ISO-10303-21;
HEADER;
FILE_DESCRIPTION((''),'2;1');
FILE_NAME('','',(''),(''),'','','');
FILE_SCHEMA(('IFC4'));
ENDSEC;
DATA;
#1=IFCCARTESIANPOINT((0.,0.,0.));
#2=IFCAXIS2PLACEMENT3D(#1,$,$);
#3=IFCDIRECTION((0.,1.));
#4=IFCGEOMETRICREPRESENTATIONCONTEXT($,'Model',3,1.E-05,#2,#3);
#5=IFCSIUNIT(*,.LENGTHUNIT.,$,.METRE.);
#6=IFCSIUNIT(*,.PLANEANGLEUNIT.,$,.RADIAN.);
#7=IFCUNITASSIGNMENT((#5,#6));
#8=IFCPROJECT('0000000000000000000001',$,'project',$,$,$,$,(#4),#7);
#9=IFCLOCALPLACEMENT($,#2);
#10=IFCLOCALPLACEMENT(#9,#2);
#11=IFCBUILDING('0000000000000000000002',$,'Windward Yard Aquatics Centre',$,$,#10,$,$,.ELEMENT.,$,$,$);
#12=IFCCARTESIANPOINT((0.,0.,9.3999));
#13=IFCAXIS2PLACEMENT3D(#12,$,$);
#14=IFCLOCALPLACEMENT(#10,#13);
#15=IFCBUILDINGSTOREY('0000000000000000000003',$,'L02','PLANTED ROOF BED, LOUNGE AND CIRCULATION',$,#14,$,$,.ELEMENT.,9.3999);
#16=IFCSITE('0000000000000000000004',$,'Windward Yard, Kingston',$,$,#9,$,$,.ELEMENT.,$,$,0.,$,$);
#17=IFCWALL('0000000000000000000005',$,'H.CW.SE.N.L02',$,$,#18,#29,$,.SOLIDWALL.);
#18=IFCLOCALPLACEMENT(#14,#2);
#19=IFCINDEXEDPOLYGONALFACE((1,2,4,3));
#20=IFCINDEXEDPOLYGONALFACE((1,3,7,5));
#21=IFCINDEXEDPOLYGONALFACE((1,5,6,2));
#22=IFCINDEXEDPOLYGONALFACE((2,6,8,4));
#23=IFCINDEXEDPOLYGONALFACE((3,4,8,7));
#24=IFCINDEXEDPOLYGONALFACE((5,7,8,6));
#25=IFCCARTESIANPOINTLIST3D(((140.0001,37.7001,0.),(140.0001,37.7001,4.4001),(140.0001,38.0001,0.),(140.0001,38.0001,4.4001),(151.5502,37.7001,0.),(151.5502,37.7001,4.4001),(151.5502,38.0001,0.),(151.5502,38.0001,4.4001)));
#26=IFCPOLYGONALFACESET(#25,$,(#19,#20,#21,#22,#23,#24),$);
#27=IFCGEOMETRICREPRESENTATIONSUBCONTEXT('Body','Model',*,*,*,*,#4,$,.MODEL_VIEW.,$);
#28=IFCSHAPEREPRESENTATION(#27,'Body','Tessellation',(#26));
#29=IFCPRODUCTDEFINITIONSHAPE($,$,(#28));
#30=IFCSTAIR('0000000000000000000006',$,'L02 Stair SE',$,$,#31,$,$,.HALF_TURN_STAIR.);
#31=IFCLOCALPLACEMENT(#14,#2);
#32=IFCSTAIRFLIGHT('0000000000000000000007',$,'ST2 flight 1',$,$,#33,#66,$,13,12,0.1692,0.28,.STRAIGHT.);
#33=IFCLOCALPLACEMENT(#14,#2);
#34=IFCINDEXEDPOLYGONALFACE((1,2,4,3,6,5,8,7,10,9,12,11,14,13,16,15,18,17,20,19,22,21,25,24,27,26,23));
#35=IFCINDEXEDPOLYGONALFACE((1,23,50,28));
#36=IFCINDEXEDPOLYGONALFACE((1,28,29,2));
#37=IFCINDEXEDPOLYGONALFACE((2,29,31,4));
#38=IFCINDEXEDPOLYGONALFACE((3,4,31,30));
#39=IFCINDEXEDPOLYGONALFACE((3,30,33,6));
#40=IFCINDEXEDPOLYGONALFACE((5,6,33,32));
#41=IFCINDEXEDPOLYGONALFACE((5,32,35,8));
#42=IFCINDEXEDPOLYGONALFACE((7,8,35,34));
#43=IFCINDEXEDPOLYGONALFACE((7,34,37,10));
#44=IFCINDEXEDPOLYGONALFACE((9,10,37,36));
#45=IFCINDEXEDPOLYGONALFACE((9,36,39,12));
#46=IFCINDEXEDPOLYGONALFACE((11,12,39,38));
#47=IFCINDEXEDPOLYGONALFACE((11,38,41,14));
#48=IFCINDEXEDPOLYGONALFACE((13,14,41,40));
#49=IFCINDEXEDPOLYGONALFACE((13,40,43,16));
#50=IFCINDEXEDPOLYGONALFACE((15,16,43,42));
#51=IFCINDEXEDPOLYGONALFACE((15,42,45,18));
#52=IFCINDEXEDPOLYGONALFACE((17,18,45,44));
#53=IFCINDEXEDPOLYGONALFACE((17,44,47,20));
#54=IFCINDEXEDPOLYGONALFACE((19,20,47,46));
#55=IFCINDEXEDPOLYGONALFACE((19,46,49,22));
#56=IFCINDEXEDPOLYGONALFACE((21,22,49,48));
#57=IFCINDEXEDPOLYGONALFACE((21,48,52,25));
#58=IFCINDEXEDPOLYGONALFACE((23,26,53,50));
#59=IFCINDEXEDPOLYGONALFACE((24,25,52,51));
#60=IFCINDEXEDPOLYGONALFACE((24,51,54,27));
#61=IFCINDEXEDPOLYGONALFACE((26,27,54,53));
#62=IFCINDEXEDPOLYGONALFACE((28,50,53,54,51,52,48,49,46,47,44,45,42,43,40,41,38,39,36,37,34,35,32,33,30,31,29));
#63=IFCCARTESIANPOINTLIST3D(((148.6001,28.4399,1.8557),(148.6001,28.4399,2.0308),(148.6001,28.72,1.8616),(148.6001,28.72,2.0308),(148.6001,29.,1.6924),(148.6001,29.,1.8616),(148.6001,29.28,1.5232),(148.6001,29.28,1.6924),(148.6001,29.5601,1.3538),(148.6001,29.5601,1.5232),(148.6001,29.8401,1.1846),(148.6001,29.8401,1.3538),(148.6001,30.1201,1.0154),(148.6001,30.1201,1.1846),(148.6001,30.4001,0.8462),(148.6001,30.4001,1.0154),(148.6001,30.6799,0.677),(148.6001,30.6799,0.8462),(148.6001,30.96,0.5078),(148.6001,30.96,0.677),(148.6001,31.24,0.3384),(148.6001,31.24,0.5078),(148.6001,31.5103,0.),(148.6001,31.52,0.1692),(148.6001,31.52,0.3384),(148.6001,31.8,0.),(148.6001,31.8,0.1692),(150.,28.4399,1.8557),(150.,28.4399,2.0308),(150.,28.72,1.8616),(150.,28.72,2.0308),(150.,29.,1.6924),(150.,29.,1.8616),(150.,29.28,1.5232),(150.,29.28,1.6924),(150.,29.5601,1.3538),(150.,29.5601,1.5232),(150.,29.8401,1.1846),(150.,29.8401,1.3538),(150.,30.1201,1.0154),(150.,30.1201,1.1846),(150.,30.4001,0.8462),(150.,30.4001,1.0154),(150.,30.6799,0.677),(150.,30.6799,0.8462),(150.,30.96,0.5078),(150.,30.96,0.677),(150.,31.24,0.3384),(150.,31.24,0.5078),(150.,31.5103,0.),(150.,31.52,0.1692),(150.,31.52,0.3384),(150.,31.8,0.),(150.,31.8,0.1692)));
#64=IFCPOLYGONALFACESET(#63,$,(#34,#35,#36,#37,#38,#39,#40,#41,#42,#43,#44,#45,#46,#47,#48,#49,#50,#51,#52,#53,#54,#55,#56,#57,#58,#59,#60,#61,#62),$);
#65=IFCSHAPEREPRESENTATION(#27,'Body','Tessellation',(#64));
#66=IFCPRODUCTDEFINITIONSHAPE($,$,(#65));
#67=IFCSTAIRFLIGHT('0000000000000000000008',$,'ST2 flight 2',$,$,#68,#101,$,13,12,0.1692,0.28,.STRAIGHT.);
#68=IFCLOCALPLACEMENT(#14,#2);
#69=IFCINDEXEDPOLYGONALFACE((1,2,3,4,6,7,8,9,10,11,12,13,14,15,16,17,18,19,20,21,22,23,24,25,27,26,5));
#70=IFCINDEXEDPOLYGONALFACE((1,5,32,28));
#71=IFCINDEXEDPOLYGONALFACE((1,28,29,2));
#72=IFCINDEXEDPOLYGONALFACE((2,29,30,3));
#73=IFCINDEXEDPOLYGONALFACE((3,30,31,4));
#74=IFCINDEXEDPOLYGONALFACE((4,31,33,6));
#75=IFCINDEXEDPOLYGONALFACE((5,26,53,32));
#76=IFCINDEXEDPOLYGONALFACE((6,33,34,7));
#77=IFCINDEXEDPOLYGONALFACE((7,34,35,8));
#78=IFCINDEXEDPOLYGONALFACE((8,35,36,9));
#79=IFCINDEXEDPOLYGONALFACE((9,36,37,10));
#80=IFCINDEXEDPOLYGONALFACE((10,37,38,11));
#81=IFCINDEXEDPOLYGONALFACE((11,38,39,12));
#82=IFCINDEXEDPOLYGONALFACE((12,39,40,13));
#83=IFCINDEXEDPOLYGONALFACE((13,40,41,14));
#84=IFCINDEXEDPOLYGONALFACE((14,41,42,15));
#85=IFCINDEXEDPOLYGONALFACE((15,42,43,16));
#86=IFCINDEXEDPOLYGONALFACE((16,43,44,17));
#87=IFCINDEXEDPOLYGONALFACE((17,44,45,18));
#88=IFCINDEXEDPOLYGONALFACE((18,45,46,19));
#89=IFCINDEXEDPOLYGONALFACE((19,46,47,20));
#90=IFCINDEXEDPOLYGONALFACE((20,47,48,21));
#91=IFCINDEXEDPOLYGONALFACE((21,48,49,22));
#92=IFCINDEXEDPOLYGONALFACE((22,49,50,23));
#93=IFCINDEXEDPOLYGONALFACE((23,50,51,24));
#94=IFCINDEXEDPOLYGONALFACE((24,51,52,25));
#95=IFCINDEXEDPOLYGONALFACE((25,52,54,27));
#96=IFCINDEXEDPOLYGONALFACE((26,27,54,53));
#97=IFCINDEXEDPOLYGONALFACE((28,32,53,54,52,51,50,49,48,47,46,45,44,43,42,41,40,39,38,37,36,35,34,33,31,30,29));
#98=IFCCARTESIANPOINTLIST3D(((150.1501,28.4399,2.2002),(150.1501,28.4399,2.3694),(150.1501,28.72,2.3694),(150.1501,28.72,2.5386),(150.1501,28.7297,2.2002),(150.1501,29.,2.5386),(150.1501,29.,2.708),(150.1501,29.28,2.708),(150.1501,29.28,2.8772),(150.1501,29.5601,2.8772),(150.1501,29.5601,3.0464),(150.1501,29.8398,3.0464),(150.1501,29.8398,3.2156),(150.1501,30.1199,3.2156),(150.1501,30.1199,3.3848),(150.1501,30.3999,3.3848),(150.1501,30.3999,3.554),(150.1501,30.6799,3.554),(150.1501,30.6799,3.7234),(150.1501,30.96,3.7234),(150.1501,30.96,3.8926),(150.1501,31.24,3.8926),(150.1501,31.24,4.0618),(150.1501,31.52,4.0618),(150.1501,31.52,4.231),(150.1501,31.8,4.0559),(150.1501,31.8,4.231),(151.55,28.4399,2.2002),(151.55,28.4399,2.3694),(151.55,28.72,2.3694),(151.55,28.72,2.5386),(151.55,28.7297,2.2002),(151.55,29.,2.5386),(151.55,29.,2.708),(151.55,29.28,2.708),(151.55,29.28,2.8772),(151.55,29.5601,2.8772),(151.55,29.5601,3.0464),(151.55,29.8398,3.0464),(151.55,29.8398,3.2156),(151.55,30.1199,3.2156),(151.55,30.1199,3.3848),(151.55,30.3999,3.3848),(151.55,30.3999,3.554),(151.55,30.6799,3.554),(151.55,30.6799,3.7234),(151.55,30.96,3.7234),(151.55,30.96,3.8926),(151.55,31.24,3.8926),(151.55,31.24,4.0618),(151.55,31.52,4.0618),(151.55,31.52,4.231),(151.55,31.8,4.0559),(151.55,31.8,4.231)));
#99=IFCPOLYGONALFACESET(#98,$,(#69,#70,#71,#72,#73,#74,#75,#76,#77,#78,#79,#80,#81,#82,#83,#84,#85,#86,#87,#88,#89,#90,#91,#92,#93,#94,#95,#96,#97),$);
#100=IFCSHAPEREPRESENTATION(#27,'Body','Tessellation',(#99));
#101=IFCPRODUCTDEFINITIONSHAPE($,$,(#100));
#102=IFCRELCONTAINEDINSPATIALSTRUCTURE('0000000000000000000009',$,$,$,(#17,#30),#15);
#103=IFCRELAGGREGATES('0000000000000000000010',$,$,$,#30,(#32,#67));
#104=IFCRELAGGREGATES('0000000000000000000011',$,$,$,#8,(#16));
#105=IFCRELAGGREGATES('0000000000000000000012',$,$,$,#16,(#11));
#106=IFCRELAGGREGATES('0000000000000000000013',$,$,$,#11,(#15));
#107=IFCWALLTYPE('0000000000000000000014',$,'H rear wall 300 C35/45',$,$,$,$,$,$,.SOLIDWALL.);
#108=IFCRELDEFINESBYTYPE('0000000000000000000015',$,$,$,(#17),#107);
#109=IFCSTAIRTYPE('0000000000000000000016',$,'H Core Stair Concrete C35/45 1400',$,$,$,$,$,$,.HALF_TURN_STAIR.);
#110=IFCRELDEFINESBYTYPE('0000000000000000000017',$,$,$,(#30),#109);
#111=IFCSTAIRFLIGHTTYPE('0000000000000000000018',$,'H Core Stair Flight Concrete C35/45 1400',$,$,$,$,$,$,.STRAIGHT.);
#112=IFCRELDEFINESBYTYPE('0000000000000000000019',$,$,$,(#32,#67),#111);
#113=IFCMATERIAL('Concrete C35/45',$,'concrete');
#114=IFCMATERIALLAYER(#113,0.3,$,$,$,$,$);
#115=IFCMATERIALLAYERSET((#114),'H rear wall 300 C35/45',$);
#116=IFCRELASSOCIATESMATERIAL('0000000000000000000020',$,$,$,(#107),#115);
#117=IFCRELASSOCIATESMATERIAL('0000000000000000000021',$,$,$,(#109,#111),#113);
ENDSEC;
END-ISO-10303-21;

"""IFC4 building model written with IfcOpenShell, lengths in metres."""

from ifc_helpers import new_model, si_unit, direction, frame, frame_2d, origin, place, context, subcontext, project, spatial, polyline, rectangle, outline, extrude, material, layer, layer_set, type_object, element, aggregate, save


model = new_model("IFC4")

# Units and contexts
model_context = context("Model", 3, precision=1e-05, world=origin(), true_north=direction((0.0, 1.0)))
body_context = subcontext(model_context, "Body", "Model", "MODEL_VIEW")
ifc_project = project(units=[si_unit("LENGTHUNIT", "METRE"), si_unit("PLANEANGLEUNIT", "RADIAN")], contexts=[model_context])

# Site, building, storey
site_placement = place(None, origin())
site = spatial("IfcSite", under=ifc_project, at=site_placement, Name="Windward Yard, Kingston", CompositionType="ELEMENT", RefElevation=0.0)
building_placement = place(site_placement, origin())
building = spatial("IfcBuilding", under=site, at=building_placement, Name="Windward Yard Aquatics Centre", CompositionType="ELEMENT")
storey_placement = place(building_placement, frame((0.0, 0.0, 9.3999)))
storey = spatial("IfcBuildingStorey", under=building, at=storey_placement, Name="L02", Description="PLANTED ROOF BED, LOUNGE AND CIRCULATION", CompositionType="ELEMENT", Elevation=9.3999)

# Shared definitions
ifc_material_1 = material(Name="Concrete C35/45", Category="concrete")

# Wall
ifc_layer_1 = layer(ifc_material_1, 0.3)
ifc_layer_set_1 = layer_set([ifc_layer_1], Name="H rear wall 300 C35/45")
wall_type_1 = type_object("IfcWallType", Name="H rear wall 300 C35/45", PredefinedType="SOLIDWALL", material=ifc_layer_set_1)
wall_1_placement = place(storey_placement, frame((151.55, 37.8501, 0.0), z_axis=(0.0, 0.0, 1.0), x_axis=(-1.0, 0.0, 0.0)))
element("IfcWall", 1, at=wall_1_placement, inside=storey, type_object=wall_type_1, Name="H.CW.SE.N.L02", PredefinedType="SOLIDWALL", context=body_context, shape_type="SweptSolid", body=[
    extrude(rectangle(XDim=11.55, YDim=0.3, at=frame_2d((5.7749, 0.0))), origin(), (0.0, 0.0, 1.0), 4.4001),
])

# Stair, stair flights
stair_type = type_object("IfcStairType", Name="H Core Stair Concrete C35/45 1400", PredefinedType="HALF_TURN_STAIR", material=ifc_material_1)
stair_placement = place(storey_placement, origin())
stair = element("IfcStair", 2, at=stair_placement, inside=storey, type_object=stair_type, Name="L02 Stair SE", PredefinedType="HALF_TURN_STAIR")
stair_flight_type = type_object("IfcStairFlightType", Name="H Core Stair Flight Concrete C35/45 1400", PredefinedType="STRAIGHT", material=ifc_material_1)
stair_flight_1_placement = place(storey_placement, frame((149.3, 31.8, 0.0), z_axis=(0.0, 0.0, 1.0), x_axis=(0.0, -1.0, 0.0)))
stair_flight_1 = element("IfcStairFlight", 3, at=stair_flight_1_placement, type_object=stair_flight_type, Name="ST2 flight 1", NumberOfRisers=13, NumberOfTreads=12, PredefinedType="STRAIGHT", RiserHeight=0.1692, TreadLength=0.28, context=body_context, shape_type="SweptSolid", body=[
    extrude(outline(polyline([(0.0, 0.0), (0.0, 0.1692), (0.28, 0.1692), (0.28, 0.3384), (0.5601, 0.3384), (0.5601, 0.5078), (0.8401, 0.5078), (0.8401, 0.677), (1.1201, 0.677), (1.1201, 0.8462), (1.3999, 0.8462), (1.3999, 1.0154), (1.6799, 1.0154), (1.6799, 1.1846), (1.96, 1.1846), (1.96, 1.3538), (2.24, 1.3538), (2.24, 1.5232), (2.52, 1.5232), (2.52, 1.6924), (2.8, 1.6924), (2.8, 1.8616), (3.0801, 1.8616), (3.0801, 2.0308), (3.3601, 2.0308), (3.3601, 2.2), (3.3601, 1.8557), (0.2898, 0.0), (0.0, 0.0)])), frame((0.0, 0.7, 0.0), z_axis=(0.0, -1.0, 0.0), x_axis=(1.0, 0.0, 0.0)), (0.0, 0.0, 1.0), 1.3999),
])
stair_flight_2_placement = place(storey_placement, frame((150.8501, 28.4399, 2.2002), z_axis=(0.0, 0.0, 1.0), x_axis=(0.0, 1.0, 0.0)))
stair_flight_2 = element("IfcStairFlight", 4, at=stair_flight_2_placement, type_object=stair_flight_type, Name="ST2 flight 2", NumberOfRisers=13, NumberOfTreads=12, PredefinedType="STRAIGHT", RiserHeight=0.1692, TreadLength=0.28, context=body_context, shape_type="SweptSolid", body=[
    extrude(outline(polyline([(0.0, 0.0), (0.0, 0.1692), (0.28, 0.1692), (0.28, 0.3384), (0.5601, 0.3384), (0.5601, 0.5078), (0.8401, 0.5078), (0.8401, 0.677), (1.1201, 0.677), (1.1201, 0.8462), (1.3999, 0.8462), (1.3999, 1.0154), (1.6799, 1.0154), (1.6799, 1.1846), (1.96, 1.1846), (1.96, 1.3538), (2.24, 1.3538), (2.24, 1.5232), (2.52, 1.5232), (2.52, 1.6924), (2.8, 1.6924), (2.8, 1.8616), (3.0801, 1.8616), (3.0801, 2.0308), (3.3601, 2.0308), (3.3601, 2.2), (3.3601, 1.8557), (0.2898, 0.0), (0.0, 0.0)])), frame((0.0, 0.7, 0.0), z_axis=(0.0, -1.0, 0.0), x_axis=(1.0, 0.0, 0.0)), (0.0, 0.0, 1.0), 1.3999),
])
aggregate(stair, [stair_flight_1, stair_flight_2])

save(model, "model.ifc")
